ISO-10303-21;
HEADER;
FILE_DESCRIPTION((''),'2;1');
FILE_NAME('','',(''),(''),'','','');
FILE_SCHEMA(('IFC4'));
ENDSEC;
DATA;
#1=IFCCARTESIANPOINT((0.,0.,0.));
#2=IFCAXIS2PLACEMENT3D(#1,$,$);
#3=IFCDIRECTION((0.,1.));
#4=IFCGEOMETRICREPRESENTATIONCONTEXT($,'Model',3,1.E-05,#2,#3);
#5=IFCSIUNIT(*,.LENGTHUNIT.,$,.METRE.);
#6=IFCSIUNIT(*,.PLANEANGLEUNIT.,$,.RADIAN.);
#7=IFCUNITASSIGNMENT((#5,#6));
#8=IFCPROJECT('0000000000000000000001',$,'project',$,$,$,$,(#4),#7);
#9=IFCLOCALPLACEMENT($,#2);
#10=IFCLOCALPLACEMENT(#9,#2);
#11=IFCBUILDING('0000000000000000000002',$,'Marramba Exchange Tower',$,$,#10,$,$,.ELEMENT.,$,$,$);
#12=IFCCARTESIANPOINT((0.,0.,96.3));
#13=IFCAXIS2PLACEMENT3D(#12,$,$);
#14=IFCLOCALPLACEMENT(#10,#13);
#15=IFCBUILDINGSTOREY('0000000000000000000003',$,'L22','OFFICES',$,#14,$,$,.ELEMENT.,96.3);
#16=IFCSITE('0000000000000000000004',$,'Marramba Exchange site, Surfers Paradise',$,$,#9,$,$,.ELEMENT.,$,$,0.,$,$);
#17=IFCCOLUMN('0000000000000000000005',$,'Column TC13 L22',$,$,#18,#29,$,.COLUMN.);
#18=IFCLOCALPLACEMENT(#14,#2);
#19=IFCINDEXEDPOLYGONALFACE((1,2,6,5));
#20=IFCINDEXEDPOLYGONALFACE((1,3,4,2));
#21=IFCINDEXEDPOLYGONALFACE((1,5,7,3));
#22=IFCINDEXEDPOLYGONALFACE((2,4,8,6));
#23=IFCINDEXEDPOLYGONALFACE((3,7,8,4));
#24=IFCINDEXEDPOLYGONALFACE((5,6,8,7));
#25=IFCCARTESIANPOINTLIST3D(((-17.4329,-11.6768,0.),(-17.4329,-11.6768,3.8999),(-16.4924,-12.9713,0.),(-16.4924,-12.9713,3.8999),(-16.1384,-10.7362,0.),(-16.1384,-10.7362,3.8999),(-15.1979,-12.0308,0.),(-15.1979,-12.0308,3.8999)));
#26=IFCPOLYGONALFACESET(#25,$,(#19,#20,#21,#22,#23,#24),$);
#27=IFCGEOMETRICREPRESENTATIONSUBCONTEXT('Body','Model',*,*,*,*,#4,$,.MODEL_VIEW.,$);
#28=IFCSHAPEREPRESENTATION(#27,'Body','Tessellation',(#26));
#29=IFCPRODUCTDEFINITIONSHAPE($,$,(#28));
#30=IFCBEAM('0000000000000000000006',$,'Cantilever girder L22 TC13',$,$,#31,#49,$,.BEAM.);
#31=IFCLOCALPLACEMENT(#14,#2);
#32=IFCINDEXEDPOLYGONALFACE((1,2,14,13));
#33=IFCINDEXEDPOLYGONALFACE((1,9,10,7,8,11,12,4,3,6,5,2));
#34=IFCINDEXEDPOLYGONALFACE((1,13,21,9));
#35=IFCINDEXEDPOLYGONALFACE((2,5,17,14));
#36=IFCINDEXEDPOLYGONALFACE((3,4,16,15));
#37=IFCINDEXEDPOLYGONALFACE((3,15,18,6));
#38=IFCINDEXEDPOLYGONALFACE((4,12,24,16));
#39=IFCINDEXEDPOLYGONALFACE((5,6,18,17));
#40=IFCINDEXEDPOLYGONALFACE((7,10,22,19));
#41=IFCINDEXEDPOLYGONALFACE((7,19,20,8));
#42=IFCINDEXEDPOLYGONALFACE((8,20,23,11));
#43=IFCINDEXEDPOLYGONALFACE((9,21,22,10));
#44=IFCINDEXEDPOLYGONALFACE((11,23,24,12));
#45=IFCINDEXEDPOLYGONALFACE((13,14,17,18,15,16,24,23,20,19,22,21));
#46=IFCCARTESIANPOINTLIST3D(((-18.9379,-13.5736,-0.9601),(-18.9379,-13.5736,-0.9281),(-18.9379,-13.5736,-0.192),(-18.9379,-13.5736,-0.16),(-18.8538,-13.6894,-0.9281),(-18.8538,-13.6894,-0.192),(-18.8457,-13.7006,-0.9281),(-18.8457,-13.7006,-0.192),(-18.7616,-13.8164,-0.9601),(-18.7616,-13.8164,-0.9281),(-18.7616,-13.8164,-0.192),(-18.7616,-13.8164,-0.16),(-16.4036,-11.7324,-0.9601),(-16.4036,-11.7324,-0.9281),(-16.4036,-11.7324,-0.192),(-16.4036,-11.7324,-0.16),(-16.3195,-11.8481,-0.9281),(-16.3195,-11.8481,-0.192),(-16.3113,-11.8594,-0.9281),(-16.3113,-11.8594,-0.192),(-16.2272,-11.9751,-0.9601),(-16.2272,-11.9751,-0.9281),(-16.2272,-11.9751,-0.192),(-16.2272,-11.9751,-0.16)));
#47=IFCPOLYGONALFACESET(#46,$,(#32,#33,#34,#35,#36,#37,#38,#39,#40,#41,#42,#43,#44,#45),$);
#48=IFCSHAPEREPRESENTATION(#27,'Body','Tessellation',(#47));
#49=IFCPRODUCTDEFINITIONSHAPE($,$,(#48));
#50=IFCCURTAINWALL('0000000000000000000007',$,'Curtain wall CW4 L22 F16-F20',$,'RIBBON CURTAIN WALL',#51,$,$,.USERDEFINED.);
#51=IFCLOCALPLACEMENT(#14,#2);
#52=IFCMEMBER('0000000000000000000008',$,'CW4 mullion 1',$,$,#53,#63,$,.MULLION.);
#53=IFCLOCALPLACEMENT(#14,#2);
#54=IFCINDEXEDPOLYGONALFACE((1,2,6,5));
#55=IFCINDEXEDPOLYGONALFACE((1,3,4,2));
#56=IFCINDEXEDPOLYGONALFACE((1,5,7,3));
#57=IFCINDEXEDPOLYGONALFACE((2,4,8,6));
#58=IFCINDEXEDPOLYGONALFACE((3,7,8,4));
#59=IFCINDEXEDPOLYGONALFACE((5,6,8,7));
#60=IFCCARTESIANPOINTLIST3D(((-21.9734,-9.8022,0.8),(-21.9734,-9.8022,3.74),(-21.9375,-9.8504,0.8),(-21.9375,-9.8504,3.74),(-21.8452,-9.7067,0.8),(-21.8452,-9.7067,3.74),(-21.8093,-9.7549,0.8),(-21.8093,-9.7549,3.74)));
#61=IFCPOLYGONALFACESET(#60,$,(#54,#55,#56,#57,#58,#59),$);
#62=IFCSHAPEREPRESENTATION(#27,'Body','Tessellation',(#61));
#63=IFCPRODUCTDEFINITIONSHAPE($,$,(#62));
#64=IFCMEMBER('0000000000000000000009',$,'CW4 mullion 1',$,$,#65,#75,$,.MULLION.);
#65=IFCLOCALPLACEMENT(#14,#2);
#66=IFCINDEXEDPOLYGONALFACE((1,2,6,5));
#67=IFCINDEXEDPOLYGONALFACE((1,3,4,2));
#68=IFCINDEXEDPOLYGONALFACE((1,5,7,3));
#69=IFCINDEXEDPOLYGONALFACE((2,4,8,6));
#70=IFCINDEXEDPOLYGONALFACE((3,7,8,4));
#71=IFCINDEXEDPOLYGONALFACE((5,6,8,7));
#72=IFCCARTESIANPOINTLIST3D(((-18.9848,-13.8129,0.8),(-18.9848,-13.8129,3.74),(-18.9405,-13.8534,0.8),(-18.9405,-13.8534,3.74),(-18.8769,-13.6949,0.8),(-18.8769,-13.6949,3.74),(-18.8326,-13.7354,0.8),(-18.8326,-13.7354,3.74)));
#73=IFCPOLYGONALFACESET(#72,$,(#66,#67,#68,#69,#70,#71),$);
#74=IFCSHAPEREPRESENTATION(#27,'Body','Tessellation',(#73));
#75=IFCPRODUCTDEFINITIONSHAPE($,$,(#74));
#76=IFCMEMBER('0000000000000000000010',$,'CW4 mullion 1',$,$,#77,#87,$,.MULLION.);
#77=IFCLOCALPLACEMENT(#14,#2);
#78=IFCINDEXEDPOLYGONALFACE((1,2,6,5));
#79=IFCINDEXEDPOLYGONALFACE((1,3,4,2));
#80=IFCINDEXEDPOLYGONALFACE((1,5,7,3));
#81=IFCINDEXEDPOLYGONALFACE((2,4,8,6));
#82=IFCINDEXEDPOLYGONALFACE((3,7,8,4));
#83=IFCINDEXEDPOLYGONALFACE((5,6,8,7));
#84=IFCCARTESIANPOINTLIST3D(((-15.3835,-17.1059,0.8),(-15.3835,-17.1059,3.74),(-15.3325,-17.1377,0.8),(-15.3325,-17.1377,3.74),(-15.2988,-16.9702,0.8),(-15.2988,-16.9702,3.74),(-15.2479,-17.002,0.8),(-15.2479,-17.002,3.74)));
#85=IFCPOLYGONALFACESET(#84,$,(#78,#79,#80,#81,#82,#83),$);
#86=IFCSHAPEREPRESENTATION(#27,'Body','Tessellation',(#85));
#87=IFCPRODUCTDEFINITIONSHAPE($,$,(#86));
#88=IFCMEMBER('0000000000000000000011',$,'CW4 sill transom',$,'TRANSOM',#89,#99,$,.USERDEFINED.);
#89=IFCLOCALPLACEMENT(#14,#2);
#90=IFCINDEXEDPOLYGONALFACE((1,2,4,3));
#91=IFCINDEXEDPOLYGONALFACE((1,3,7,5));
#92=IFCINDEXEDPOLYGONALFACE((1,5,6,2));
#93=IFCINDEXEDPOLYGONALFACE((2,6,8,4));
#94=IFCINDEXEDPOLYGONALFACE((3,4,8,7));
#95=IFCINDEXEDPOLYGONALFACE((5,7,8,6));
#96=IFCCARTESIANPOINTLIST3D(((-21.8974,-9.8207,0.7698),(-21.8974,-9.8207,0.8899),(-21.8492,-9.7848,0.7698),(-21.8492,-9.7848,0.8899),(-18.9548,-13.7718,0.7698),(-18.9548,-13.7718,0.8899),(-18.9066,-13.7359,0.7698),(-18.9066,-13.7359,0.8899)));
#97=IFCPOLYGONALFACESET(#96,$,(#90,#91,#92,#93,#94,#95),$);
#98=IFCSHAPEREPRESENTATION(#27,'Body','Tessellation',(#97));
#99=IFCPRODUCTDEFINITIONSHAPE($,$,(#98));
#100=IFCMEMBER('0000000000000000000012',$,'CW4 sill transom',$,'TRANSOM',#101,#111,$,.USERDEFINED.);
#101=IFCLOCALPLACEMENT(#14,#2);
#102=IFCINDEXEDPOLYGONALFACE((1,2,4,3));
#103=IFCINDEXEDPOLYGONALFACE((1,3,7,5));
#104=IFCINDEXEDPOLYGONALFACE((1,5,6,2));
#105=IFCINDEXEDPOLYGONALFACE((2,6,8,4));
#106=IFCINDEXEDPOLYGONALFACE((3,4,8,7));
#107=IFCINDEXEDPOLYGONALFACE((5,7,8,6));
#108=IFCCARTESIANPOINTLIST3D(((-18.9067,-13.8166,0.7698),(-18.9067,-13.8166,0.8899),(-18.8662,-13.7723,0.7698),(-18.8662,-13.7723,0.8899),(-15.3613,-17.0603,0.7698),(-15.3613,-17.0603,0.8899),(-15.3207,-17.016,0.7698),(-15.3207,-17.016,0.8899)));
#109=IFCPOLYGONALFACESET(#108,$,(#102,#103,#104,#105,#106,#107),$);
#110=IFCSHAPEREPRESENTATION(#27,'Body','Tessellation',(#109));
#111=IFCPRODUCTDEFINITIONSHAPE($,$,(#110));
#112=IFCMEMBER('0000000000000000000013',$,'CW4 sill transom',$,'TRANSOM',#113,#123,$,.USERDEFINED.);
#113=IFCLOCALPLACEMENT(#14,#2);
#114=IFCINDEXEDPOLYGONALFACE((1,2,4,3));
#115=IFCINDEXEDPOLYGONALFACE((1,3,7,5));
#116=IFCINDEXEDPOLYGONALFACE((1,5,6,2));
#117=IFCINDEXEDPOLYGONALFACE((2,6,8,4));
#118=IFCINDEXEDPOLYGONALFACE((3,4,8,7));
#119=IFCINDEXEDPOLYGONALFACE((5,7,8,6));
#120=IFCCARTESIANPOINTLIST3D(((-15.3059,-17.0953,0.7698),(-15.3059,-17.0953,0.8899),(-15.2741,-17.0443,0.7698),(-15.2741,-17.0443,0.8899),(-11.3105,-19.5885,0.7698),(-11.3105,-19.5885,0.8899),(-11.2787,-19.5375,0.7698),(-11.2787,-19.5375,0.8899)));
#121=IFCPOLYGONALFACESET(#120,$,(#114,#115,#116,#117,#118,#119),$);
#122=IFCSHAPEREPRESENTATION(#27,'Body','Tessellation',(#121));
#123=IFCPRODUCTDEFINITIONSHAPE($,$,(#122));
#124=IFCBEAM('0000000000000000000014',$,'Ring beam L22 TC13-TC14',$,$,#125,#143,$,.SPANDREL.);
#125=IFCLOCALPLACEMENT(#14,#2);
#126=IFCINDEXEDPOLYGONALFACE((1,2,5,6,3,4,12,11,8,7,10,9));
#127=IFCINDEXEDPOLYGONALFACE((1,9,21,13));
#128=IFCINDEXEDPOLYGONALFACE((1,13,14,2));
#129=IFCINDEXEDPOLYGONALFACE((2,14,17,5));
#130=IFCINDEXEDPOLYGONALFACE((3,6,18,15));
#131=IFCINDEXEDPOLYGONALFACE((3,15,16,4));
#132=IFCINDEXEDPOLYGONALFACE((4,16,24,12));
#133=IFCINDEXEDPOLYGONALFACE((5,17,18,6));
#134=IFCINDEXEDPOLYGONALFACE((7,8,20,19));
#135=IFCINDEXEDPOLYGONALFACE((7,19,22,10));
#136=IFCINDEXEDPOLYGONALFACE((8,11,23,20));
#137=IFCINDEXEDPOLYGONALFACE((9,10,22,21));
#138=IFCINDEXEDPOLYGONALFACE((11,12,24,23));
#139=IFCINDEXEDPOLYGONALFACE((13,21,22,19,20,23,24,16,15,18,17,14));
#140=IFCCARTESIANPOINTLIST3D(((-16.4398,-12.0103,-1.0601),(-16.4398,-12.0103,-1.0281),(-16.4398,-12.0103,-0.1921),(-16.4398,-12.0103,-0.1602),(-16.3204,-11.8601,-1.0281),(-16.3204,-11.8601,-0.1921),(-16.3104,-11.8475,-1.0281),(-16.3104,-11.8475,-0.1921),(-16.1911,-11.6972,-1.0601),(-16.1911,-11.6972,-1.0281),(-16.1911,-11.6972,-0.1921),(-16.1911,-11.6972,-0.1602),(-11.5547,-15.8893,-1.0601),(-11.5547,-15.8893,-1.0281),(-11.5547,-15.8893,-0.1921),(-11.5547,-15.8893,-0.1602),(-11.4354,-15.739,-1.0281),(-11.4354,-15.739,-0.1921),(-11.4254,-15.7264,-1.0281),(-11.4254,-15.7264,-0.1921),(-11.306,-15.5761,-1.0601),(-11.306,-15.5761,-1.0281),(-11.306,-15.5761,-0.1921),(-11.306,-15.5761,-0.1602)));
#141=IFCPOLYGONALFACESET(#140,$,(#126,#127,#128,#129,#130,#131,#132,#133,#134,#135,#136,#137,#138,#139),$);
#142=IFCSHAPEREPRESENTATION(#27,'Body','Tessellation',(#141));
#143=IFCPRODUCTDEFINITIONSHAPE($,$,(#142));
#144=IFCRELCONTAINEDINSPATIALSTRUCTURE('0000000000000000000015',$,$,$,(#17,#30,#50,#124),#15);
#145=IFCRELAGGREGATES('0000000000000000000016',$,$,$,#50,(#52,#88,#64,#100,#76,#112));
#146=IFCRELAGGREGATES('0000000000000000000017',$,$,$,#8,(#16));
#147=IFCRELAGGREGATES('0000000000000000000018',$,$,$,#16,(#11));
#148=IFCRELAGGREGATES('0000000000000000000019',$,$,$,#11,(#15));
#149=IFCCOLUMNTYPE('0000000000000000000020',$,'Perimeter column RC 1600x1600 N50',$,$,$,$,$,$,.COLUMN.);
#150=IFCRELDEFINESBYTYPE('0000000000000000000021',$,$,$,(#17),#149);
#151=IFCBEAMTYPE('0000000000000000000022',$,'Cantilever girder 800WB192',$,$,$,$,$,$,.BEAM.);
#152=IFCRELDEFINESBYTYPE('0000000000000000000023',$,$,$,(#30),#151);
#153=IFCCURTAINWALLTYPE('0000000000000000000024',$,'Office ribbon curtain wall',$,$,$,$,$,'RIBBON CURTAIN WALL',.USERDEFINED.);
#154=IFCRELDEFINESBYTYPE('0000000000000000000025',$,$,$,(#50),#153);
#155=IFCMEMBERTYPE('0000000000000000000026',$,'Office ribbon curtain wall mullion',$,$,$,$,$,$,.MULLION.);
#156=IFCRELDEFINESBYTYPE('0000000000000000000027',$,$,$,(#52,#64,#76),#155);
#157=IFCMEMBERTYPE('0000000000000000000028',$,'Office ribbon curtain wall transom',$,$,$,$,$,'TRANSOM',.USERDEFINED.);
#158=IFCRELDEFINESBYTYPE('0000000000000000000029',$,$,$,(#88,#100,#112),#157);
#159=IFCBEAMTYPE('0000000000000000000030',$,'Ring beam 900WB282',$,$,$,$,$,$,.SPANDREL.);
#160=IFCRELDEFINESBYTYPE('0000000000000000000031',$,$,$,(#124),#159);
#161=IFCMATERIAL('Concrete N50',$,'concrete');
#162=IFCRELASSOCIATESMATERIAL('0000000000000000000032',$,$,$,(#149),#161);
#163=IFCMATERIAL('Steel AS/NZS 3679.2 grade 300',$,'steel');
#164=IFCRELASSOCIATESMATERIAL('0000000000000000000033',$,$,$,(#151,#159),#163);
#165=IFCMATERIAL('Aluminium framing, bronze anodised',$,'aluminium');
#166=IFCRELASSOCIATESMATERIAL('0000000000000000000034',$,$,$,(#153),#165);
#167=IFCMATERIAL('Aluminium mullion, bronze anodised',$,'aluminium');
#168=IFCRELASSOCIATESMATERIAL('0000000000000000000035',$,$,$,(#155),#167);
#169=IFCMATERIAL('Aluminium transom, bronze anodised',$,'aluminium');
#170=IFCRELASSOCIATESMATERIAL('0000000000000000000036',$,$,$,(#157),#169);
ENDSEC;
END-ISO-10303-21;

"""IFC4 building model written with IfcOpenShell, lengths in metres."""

from ifc_helpers import new_model, si_unit, direction, frame, origin, origin_2d, place, context, subcontext, project, spatial, rectangle, i_section, extrude, material, material_profile, profile_set, type_object, element, aggregate, save


model = new_model("IFC4")

# Units and contexts
model_context = context("Model", 3, precision=1e-05, world=origin(), true_north=direction((0.0, 1.0)))
body_context = subcontext(model_context, "Body", "Model", "MODEL_VIEW")
ifc_project = project(units=[si_unit("LENGTHUNIT", "METRE"), si_unit("PLANEANGLEUNIT", "RADIAN")], contexts=[model_context])

# Site, building, storey
site_placement = place(None, origin())
site = spatial("IfcSite", under=ifc_project, at=site_placement, Name="Marramba Exchange site, Surfers Paradise", CompositionType="ELEMENT", RefElevation=0.0)
building_placement = place(site_placement, origin())
building = spatial("IfcBuilding", under=site, at=building_placement, Name="Marramba Exchange Tower", CompositionType="ELEMENT")
storey_placement = place(building_placement, frame((0.0, 0.0, 96.3)))
storey = spatial("IfcBuildingStorey", under=building, at=storey_placement, Name="L22", Description="OFFICES", CompositionType="ELEMENT", Elevation=96.3)

# Column
ifc_material_1 = material(Name="Concrete N50", Category="concrete")
ifc_material_profile_1 = material_profile(ifc_material_1, rectangle(XDim=1.6001, YDim=1.6001, at=origin_2d()), Name="RC 1600x1600")
ifc_profile_set_1 = profile_set([ifc_material_profile_1], Name="Concrete N50")
column_type = type_object("IfcColumnType", Name="Perimeter column RC 1600x1600 N50", PredefinedType="COLUMN", material=ifc_profile_set_1)
column_placement = place(storey_placement, frame((-16.3154, -11.8538, 0.0), z_axis=(0.0, 0.0, 1.0), x_axis=(-0.809017, -0.587785, 0.0)))
element("IfcColumn", 1, at=column_placement, inside=storey, type_object=column_type, Name="Column TC13 L22", PredefinedType="COLUMN", context=body_context, shape_type="SweptSolid", body=[
    extrude(rectangle(XDim=1.6001, YDim=1.6001, at=origin_2d()), origin(), (0.0, 0.0, 1.0), 3.8999),
])

# Beam
ifc_material_2 = material(Name="Steel AS/NZS 3679.2 grade 300", Category="steel")
ifc_material_profile_2 = material_profile(ifc_material_2, i_section(OverallWidth=0.3, OverallDepth=0.8, WebThickness=0.0139, FlangeThickness=0.032, at=origin_2d()), Name="800WB192")
ifc_profile_set_2 = profile_set([ifc_material_profile_2], Name="Steel AS/NZS 3679.2 grade 300")
beam_type_1 = type_object("IfcBeamType", Name="Cantilever girder 800WB192", PredefinedType="BEAM", material=ifc_profile_set_2)
beam_1_placement = place(storey_placement, frame((-16.3154, -11.8538, -0.5601), z_axis=(-0.809026, -0.587773, 0.0), x_axis=(0.587773, -0.809026, 0.0)))
element("IfcBeam", 2, at=beam_1_placement, inside=storey, type_object=beam_type_1, Name="Cantilever girder L22 TC13", PredefinedType="BEAM", context=body_context, shape_type="SweptSolid", body=[
    extrude(i_section(OverallWidth=0.3, OverallDepth=0.8, WebThickness=0.0139, FlangeThickness=0.032, at=origin_2d()), origin(), (0.0, 0.0, 1.0), 3.1326),
])

# Curtain wall, members
ifc_material_3 = material(Name="Aluminium framing, bronze anodised", Category="aluminium")
curtain_wall_type = type_object("IfcCurtainWallType", Name="Office ribbon curtain wall", ElementType="RIBBON CURTAIN WALL", PredefinedType="USERDEFINED", material=ifc_material_3)
curtain_wall_placement = place(storey_placement, origin())
curtain_wall = element("IfcCurtainWall", 3, at=curtain_wall_placement, inside=storey, type_object=curtain_wall_type, Name="Curtain wall CW4 L22 F16-F20", ObjectType="RIBBON CURTAIN WALL", PredefinedType="USERDEFINED")
ifc_material_4 = material(Name="Aluminium mullion, bronze anodised", Category="aluminium")
ifc_material_profile_3 = material_profile(ifc_material_4, rectangle(XDim=0.1599, YDim=0.0601, at=origin_2d()), Name="CW4 mullion 60x160")
ifc_profile_set_3 = profile_set([ifc_material_profile_3], Name="Aluminium mullion, bronze anodised")
member_type_1 = type_object("IfcMemberType", Name="Office ribbon curtain wall mullion", PredefinedType="MULLION", material=ifc_profile_set_3)
member_1_placement = place(storey_placement, frame((-21.8914, -9.7786, 0.8), z_axis=(0.0, 0.0, 1.0), x_axis=(0.802014, 0.597305, 0.0)))
member_1 = element("IfcMember", 4, at=member_1_placement, type_object=member_type_1, Name="CW4 mullion 1", PredefinedType="MULLION", context=body_context, shape_type="SweptSolid", body=[
    extrude(rectangle(XDim=0.1599, YDim=0.0601, at=origin_2d()), origin(), (0.0, 0.0, 1.0), 2.9399),
])
member_2_placement = place(storey_placement, frame((-18.9087, -13.7742, 0.8), z_axis=(0.0, 0.0, 1.0), x_axis=(0.674995, 0.737822, 0.0)))
member_2 = element("IfcMember", 5, at=member_2_placement, type_object=member_type_1, Name="CW4 mullion 1", PredefinedType="MULLION", context=body_context, shape_type="SweptSolid", body=[
    extrude(rectangle(XDim=0.1599, YDim=0.0601, at=origin_2d()), origin(), (0.0, 0.0, 1.0), 2.9399),
])
member_3_placement = place(storey_placement, frame((-15.3157, -17.054, 0.8), z_axis=(0.0, 0.0, 1.0), x_axis=(0.529428, 0.848355, 0.0)))
member_3 = element("IfcMember", 6, at=member_3_placement, type_object=member_type_1, Name="CW4 mullion 1", PredefinedType="MULLION", context=body_context, shape_type="SweptSolid", body=[
    extrude(rectangle(XDim=0.1599, YDim=0.0601, at=origin_2d()), origin(), (0.0, 0.0, 1.0), 2.9399),
])
ifc_material_5 = material(Name="Aluminium transom, bronze anodised", Category="aluminium")
ifc_material_profile_4 = material_profile(ifc_material_5, rectangle(XDim=0.0601, YDim=0.1201, at=origin_2d()), Name="CW4 transom 60x120")
ifc_profile_set_4 = profile_set([ifc_material_profile_4], Name="Aluminium transom, bronze anodised")
member_type_2 = type_object("IfcMemberType", Name="Office ribbon curtain wall transom", ElementType="TRANSOM", PredefinedType="USERDEFINED", material=ifc_profile_set_4)
member_4_placement = place(storey_placement, frame((-21.8733, -9.8027, 0.8298), z_axis=(0.597301, -0.802017, 0.0), x_axis=(0.802017, 0.597301, 0.0)))
member_4 = element("IfcMember", 7, at=member_4_placement, type_object=member_type_2, Name="CW4 sill transom", ObjectType="TRANSOM", PredefinedType="USERDEFINED", context=body_context, shape_type="SweptSolid", body=[
    extrude(rectangle(XDim=0.0601, YDim=0.1201, at=origin_2d()), origin(), (0.0, 0.0, 1.0), 4.9265),
])
member_5_placement = place(storey_placement, frame((-18.8865, -13.7944, 0.8298), z_axis=(0.737808, -0.675011, 0.0), x_axis=(0.675011, 0.737808, 0.0)))
member_5 = element("IfcMember", 8, at=member_5_placement, type_object=member_type_2, Name="CW4 sill transom", ObjectType="TRANSOM", PredefinedType="USERDEFINED", context=body_context, shape_type="SweptSolid", body=[
    extrude(rectangle(XDim=0.0601, YDim=0.1201, at=origin_2d()), origin(), (0.0, 0.0, 1.0), 4.8054),
])
member_6_placement = place(storey_placement, frame((-15.29, -17.0698, 0.8298), z_axis=(0.848374, -0.529398, 0.0), x_axis=(0.529398, 0.848374, 0.0)))
member_6 = element("IfcMember", 9, at=member_6_placement, type_object=member_type_2, Name="CW4 sill transom", ObjectType="TRANSOM", PredefinedType="USERDEFINED", context=body_context, shape_type="SweptSolid", body=[
    extrude(rectangle(XDim=0.0601, YDim=0.1201, at=origin_2d()), origin(), (0.0, 0.0, 1.0), 4.7095),
])

# Beam
ifc_material_profile_5 = material_profile(ifc_material_2, i_section(OverallWidth=0.3999, OverallDepth=0.8999, WebThickness=0.0161, FlangeThickness=0.032, at=origin_2d()), Name="900WB282")
ifc_profile_set_5 = profile_set([ifc_material_profile_5], Name="Steel AS/NZS 3679.2 grade 300")
beam_type_2 = type_object("IfcBeamType", Name="Ring beam 900WB282", PredefinedType="SPANDREL", material=ifc_profile_set_5)
beam_2_placement = place(storey_placement, frame((-16.3154, -11.8538, -0.6101), z_axis=(0.783139, -0.621846, 0.0), x_axis=(0.621846, 0.783139, 0.0)))
element("IfcBeam", 10, at=beam_2_placement, inside=storey, type_object=beam_type_2, Name="Ring beam L22 TC13-TC14", PredefinedType="SPANDREL", context=body_context, shape_type="SweptSolid", body=[
    extrude(i_section(OverallWidth=0.3999, OverallDepth=0.8999, WebThickness=0.0161, FlangeThickness=0.032, at=origin_2d()), origin(), (0.0, 0.0, 1.0), 6.2378),
])

aggregate(curtain_wall, [member_1, member_4, member_2, member_5, member_3, member_6])

save(model, "model.ifc")
